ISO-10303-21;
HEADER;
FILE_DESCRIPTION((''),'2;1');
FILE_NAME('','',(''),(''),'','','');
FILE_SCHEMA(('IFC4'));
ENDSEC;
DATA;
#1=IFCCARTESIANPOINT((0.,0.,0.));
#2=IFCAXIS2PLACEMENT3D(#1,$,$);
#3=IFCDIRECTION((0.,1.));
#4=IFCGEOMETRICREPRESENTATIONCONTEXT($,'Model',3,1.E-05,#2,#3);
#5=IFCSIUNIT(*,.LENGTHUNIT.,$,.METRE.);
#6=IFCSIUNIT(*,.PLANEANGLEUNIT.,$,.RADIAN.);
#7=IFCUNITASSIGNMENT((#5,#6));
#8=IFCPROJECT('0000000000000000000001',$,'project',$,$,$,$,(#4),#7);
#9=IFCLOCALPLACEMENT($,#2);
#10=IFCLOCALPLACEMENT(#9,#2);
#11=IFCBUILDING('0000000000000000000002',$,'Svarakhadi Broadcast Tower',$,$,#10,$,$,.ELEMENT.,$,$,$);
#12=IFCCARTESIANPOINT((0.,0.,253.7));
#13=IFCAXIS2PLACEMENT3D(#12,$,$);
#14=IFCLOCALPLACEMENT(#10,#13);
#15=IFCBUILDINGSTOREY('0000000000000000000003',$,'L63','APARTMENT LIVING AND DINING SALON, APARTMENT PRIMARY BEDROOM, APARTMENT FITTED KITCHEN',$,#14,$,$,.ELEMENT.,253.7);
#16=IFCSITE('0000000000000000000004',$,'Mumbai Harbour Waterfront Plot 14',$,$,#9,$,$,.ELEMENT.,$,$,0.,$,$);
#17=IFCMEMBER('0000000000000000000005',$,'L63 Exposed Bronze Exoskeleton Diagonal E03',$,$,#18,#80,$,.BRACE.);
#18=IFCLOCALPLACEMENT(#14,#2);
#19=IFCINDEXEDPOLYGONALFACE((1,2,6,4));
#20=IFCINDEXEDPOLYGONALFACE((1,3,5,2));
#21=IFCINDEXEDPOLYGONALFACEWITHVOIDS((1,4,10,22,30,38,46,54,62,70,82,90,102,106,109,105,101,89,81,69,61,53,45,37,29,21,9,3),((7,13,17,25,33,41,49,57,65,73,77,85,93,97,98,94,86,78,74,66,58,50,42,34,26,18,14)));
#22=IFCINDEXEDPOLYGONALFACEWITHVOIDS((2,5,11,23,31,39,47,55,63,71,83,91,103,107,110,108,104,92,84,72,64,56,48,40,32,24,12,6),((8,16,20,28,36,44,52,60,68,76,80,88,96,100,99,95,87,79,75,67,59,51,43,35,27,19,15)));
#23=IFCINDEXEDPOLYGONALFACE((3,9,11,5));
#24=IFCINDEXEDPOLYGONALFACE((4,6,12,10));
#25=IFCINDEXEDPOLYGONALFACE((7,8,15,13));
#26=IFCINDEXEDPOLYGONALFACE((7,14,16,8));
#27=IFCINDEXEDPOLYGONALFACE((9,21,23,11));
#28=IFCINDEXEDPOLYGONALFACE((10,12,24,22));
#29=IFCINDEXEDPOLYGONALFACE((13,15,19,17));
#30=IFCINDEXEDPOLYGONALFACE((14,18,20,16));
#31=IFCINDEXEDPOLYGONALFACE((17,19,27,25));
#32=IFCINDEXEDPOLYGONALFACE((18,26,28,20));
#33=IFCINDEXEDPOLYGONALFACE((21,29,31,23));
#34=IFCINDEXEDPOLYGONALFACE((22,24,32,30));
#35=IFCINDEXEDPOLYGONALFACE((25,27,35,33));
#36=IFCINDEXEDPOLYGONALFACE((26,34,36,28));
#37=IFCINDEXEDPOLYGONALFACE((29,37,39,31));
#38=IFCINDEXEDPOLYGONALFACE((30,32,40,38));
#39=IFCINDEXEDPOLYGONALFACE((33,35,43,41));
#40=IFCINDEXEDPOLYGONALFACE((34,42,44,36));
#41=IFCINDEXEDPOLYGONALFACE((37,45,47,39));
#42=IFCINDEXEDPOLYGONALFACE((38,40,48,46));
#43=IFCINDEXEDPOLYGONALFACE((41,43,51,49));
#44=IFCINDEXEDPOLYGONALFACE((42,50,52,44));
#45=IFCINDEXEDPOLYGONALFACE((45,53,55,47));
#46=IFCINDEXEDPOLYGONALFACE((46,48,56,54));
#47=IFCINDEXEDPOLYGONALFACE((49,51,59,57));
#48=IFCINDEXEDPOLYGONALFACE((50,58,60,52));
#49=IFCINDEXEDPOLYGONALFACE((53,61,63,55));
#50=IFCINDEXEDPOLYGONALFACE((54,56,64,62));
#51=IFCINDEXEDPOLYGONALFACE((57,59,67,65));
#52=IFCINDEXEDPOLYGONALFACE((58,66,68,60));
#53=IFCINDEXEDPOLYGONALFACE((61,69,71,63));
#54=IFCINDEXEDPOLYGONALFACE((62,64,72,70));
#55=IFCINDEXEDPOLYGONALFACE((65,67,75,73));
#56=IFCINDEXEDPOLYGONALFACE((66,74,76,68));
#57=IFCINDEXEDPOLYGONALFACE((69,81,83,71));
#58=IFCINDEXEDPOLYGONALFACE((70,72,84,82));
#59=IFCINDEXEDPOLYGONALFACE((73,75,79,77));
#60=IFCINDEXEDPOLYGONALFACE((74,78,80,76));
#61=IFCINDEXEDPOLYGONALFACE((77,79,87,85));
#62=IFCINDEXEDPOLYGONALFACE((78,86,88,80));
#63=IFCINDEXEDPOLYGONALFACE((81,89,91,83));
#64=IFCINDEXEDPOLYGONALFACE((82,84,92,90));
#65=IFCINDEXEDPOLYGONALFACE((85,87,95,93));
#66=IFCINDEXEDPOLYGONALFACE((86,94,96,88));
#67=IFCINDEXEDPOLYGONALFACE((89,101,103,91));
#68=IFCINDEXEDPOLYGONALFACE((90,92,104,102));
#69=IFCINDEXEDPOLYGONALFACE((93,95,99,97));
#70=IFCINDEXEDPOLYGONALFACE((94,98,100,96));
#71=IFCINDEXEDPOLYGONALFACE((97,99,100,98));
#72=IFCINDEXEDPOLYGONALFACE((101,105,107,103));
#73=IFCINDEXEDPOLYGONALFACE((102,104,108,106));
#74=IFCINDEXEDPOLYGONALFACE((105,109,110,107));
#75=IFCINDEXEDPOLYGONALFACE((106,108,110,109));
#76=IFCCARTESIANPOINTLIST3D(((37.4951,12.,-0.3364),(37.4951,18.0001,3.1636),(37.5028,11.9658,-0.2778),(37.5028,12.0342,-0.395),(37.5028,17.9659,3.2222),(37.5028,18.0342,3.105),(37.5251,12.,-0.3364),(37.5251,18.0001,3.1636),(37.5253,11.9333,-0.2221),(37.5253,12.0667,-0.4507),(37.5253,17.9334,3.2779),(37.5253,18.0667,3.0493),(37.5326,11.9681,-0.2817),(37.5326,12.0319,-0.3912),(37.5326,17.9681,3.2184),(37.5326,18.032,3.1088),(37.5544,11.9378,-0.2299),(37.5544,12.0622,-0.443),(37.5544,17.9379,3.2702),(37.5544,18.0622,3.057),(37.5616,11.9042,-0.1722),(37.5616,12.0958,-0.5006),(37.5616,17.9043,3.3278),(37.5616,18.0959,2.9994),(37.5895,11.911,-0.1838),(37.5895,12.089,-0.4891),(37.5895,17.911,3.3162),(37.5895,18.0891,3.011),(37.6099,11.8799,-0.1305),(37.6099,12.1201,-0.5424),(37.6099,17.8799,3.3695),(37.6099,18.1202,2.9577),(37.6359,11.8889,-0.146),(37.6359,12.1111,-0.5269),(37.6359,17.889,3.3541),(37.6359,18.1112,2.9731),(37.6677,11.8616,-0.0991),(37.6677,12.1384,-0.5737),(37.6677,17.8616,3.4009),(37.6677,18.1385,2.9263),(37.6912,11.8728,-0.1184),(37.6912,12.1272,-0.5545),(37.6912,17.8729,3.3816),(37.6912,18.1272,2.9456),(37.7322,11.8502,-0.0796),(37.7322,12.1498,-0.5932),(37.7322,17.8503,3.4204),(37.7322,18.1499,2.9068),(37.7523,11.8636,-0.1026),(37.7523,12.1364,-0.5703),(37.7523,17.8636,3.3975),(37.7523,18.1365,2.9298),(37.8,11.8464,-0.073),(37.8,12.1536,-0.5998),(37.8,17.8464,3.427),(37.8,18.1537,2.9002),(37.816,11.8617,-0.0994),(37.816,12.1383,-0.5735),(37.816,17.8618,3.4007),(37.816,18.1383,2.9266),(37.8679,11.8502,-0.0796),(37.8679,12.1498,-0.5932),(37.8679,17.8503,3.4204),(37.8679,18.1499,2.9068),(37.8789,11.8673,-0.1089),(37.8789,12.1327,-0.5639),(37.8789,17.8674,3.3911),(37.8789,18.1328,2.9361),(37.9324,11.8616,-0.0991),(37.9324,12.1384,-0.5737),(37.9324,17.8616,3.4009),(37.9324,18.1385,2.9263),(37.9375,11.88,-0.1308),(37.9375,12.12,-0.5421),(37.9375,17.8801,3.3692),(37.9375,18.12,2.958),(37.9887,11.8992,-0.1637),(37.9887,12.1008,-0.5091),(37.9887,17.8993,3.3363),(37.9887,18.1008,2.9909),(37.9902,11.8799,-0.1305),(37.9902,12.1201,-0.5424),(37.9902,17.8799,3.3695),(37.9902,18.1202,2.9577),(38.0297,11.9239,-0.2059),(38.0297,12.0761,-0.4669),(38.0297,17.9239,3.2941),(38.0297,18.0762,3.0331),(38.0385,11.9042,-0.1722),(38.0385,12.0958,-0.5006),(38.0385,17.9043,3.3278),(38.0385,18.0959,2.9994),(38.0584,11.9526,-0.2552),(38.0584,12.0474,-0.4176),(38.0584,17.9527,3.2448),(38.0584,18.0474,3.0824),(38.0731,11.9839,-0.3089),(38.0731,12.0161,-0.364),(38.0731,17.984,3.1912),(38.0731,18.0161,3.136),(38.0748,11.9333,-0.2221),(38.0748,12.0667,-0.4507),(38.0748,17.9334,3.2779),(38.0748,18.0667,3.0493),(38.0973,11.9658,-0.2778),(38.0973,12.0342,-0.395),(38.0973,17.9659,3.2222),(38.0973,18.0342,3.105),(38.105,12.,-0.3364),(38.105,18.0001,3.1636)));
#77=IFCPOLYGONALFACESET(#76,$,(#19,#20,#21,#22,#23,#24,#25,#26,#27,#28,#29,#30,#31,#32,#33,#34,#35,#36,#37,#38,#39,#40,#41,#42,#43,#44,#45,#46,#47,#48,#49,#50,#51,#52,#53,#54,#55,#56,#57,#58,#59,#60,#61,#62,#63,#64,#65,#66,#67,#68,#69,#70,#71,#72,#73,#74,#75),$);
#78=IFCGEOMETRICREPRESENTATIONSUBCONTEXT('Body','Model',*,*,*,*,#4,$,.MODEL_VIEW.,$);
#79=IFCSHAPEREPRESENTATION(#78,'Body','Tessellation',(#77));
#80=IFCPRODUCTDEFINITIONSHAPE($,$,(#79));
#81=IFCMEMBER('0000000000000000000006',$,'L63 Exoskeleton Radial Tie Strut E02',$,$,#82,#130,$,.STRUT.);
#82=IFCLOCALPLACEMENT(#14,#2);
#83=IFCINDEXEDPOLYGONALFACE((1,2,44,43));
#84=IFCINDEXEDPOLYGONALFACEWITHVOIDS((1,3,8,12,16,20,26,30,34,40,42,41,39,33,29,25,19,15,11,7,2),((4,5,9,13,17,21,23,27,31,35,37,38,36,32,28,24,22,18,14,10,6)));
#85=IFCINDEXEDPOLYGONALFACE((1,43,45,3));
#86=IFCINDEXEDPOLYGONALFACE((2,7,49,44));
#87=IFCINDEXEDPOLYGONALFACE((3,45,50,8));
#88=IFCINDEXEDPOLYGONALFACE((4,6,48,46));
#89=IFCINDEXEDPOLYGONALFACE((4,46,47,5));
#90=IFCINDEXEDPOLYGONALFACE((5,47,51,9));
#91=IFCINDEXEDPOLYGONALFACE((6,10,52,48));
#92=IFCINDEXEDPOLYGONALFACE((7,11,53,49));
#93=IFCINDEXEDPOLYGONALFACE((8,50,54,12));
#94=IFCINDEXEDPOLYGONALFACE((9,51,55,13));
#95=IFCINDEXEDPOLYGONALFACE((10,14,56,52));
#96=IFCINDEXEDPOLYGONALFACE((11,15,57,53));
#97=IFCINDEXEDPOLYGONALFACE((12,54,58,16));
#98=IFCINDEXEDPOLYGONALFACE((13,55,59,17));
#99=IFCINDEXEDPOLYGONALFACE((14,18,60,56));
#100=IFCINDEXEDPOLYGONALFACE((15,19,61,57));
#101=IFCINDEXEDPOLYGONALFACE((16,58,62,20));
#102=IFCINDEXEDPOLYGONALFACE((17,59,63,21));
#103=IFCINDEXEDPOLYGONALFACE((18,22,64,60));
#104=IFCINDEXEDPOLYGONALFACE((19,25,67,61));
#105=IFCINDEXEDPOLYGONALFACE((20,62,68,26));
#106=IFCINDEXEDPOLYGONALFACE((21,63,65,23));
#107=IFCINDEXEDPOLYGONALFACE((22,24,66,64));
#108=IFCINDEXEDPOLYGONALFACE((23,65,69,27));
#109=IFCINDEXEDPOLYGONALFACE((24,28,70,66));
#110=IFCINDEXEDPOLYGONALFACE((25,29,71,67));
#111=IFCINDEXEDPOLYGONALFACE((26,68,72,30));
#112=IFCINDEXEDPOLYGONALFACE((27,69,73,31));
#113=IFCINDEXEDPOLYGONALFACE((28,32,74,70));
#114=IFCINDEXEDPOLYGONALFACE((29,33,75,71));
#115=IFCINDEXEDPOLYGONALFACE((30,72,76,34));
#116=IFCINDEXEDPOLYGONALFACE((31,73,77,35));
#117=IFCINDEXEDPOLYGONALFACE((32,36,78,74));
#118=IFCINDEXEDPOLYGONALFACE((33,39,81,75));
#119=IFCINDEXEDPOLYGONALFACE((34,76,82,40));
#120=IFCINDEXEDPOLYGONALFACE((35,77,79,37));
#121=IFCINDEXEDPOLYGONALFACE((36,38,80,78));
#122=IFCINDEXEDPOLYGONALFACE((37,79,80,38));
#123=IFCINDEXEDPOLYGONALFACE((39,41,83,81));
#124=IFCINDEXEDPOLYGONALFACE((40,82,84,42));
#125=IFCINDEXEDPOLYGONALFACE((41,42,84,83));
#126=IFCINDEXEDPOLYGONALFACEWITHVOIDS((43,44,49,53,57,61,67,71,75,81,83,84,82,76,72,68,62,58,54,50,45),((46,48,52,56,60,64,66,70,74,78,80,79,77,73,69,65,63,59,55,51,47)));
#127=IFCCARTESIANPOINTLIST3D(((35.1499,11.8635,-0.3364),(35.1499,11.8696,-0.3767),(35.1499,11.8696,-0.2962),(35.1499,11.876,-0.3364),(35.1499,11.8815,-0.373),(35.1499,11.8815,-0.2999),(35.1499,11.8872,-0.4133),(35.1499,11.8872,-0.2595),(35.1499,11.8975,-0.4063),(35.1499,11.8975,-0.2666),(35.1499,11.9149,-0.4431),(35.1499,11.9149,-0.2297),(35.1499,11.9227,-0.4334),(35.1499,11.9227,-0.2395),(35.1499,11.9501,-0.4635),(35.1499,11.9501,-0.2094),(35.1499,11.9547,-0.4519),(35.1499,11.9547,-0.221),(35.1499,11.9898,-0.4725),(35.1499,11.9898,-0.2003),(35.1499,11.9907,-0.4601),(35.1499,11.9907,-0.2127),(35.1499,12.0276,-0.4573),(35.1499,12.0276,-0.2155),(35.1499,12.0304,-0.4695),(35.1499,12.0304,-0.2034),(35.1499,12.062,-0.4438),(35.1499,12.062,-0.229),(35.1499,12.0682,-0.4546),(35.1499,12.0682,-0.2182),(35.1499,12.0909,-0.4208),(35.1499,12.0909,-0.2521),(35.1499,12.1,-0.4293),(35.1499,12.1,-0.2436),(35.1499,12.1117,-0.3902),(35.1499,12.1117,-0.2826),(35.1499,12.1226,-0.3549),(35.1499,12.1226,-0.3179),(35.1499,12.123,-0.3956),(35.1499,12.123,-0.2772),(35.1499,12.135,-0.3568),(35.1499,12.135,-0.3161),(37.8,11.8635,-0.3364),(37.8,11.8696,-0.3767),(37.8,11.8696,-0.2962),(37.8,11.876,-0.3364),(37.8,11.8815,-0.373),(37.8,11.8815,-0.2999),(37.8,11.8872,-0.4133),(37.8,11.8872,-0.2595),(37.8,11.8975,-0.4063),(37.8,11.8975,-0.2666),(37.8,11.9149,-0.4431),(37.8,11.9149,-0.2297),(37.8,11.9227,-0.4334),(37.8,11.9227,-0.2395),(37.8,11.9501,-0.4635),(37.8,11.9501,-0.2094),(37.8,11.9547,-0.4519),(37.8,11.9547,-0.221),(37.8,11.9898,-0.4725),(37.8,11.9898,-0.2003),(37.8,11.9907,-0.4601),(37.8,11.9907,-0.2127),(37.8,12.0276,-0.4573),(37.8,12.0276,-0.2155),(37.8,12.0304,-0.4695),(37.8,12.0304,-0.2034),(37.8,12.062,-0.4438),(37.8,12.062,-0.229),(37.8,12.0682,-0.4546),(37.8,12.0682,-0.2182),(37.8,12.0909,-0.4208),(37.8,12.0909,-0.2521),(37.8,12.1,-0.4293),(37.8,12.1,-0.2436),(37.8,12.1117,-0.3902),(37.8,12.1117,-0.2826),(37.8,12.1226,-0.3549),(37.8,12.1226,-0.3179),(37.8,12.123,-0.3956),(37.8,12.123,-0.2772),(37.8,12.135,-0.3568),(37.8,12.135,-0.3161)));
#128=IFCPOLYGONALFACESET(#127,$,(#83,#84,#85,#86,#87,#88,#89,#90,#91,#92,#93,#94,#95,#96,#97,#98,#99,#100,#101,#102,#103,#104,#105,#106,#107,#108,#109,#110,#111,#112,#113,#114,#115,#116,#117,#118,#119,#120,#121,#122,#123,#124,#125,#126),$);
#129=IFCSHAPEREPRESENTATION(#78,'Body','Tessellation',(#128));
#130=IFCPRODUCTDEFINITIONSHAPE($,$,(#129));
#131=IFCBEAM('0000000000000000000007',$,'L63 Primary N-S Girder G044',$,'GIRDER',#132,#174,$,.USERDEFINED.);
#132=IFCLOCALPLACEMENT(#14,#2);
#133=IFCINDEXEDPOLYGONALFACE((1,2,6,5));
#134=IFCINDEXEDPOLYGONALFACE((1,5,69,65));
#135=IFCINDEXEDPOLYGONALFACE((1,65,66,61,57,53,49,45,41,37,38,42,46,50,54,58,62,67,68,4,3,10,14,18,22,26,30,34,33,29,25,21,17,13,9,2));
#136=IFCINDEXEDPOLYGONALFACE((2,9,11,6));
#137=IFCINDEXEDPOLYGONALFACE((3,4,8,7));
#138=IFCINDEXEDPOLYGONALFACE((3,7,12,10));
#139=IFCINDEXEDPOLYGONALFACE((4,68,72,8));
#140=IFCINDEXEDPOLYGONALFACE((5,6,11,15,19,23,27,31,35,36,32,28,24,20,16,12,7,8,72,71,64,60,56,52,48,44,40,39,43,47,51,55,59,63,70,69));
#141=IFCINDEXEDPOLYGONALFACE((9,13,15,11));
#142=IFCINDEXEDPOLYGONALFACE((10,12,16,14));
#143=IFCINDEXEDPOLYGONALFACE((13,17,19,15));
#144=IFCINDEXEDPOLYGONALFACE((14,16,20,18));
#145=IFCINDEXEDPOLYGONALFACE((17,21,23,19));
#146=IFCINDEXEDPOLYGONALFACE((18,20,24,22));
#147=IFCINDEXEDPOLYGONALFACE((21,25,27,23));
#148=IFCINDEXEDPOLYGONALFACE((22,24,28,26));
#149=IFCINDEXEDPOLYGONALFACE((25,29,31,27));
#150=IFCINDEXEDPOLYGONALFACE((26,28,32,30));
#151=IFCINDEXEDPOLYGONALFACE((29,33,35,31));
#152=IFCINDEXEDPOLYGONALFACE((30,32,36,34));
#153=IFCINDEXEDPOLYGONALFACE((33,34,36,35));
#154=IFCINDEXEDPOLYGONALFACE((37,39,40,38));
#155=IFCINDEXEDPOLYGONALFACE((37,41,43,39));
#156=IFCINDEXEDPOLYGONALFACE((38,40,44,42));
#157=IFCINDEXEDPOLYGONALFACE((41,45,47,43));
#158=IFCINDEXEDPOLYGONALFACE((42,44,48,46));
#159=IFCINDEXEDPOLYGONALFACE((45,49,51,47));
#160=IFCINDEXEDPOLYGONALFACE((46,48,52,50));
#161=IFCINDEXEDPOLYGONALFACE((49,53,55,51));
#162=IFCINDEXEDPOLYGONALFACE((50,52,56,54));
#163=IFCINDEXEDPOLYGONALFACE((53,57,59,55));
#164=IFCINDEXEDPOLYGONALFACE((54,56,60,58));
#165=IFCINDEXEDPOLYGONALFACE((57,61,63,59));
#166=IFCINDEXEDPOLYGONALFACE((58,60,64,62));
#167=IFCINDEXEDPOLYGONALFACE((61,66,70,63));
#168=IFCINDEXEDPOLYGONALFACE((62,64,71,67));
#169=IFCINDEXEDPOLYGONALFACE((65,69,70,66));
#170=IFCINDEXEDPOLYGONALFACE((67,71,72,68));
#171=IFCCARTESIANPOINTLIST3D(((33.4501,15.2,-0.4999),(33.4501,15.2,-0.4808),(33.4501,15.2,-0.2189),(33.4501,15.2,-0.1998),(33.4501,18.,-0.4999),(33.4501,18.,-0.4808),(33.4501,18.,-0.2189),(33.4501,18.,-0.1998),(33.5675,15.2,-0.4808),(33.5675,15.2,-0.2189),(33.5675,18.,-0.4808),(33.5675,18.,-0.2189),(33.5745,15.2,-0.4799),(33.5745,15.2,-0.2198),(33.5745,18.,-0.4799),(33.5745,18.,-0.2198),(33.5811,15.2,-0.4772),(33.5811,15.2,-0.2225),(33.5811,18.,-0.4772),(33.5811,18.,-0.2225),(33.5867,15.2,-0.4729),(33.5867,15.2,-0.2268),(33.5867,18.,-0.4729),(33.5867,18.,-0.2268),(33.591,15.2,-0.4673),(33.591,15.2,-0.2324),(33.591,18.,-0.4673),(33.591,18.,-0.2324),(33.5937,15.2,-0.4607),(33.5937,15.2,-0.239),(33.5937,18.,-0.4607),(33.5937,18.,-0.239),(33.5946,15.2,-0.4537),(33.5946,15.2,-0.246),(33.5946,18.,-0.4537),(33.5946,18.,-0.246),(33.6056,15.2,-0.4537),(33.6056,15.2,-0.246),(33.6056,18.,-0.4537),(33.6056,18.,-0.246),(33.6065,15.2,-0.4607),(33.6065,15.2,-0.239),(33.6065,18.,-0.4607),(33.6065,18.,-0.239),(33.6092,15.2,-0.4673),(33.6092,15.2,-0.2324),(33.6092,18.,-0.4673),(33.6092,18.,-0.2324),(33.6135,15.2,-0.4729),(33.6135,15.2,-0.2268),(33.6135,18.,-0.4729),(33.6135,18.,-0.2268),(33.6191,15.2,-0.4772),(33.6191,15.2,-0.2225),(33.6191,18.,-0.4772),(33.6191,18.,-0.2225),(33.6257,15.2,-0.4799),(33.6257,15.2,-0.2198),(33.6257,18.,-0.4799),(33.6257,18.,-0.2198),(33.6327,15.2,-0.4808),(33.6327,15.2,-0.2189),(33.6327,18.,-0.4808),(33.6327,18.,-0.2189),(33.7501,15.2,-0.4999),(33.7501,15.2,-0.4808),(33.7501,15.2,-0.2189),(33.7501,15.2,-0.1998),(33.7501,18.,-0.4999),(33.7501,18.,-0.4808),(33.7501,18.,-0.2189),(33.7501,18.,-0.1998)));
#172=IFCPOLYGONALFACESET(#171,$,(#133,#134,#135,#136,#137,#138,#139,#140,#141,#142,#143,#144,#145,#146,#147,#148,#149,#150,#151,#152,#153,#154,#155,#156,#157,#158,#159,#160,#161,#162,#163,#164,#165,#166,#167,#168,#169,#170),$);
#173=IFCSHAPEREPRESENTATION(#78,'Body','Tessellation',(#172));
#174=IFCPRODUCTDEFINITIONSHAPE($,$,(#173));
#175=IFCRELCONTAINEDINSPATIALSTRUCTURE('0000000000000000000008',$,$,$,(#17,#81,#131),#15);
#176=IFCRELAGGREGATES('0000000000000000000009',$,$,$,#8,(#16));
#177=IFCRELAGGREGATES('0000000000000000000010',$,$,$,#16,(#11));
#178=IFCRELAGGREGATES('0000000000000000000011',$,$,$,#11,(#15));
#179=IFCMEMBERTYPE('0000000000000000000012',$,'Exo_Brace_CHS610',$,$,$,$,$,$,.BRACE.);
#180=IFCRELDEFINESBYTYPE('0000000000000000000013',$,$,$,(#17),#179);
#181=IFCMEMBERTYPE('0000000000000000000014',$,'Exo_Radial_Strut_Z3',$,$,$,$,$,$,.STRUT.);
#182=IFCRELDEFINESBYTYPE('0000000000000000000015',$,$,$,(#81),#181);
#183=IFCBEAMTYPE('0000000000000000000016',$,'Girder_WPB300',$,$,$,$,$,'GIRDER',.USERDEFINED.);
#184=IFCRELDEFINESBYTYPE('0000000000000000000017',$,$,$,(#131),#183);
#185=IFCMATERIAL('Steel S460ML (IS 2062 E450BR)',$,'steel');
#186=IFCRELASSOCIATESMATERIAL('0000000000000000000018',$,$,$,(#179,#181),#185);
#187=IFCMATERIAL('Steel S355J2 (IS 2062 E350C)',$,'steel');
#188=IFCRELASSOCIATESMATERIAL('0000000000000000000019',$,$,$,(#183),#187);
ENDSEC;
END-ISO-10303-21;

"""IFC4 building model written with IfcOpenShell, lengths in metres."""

from ifc_helpers import new_model, si_unit, direction, frame, origin, origin_2d, place, context, subcontext, project, spatial, hollow_circle, i_section, extrude, material, material_profile, profile_set, type_object, element, save


model = new_model("IFC4")

# Units and contexts
model_context = context("Model", 3, precision=1e-05, world=origin(), true_north=direction((0.0, 1.0)))
body_context = subcontext(model_context, "Body", "Model", "MODEL_VIEW")
ifc_project = project(units=[si_unit("LENGTHUNIT", "METRE"), si_unit("PLANEANGLEUNIT", "RADIAN")], contexts=[model_context])

# Site, building, storey
site_placement = place(None, origin())
site = spatial("IfcSite", under=ifc_project, at=site_placement, Name="Mumbai Harbour Waterfront Plot 14", CompositionType="ELEMENT", RefElevation=0.0)
building_placement = place(site_placement, origin())
building = spatial("IfcBuilding", under=site, at=building_placement, Name="Svarakhadi Broadcast Tower", CompositionType="ELEMENT")
storey_placement = place(building_placement, frame((0.0, 0.0, 253.7)))
storey = spatial("IfcBuildingStorey", under=building, at=storey_placement, Name="L63", Description="APARTMENT LIVING AND DINING SALON, APARTMENT PRIMARY BEDROOM, APARTMENT FITTED KITCHEN", CompositionType="ELEMENT", Elevation=253.7)

# Shared definitions
ifc_material_1 = material(Name="Steel S460ML (IS 2062 E450BR)", Category="steel")

# Members
ifc_material_profile_1 = material_profile(ifc_material_1, hollow_circle(Radius=0.3049, WallThickness=0.03, at=origin_2d()), Name="CHS 610x30")
ifc_profile_set_1 = profile_set([ifc_material_profile_1], Name="Steel S460ML (IS 2062 E450BR)")
member_type_1 = type_object("IfcMemberType", Name="Exo_Brace_CHS610", PredefinedType="BRACE", material=ifc_profile_set_1)
for number, where, z_axis, x_axis, name in (
    (1, (37.8, 12.0, -0.3364), (0.0, 0.863779, 0.503871), (-1.0, 0.0, 0.0), "L63 Exposed Bronze Exoskeleton Diagonal E03"),
):
    element("IfcMember", number, at=place(storey_placement, frame(where, z_axis=z_axis, x_axis=x_axis)), inside=storey, type_object=member_type_1, Name=name, PredefinedType="BRACE", context=body_context, shape_type="SweptSolid", body=[
        extrude(hollow_circle(Radius=0.3049, WallThickness=0.03, at=origin_2d()), origin(), (0.0, 0.0, 1.0), 6.9463),
    ])
ifc_material_profile_2 = material_profile(ifc_material_1, hollow_circle(Radius=0.1365, WallThickness=0.0125, at=origin_2d()), Name="CHS 273x12.5")
ifc_profile_set_2 = profile_set([ifc_material_profile_2], Name="Steel S460ML (IS 2062 E450BR)")
member_type_2 = type_object("IfcMemberType", Name="Exo_Radial_Strut_Z3", PredefinedType="STRUT", material=ifc_profile_set_2)
member_1_placement = place(storey_placement, frame((37.8, 12.0, -0.3364), z_axis=(-1.0, 0.0, 0.0), x_axis=(0.0, -1.0, 0.0)))
element("IfcMember", 2, at=member_1_placement, inside=storey, type_object=member_type_2, Name="L63 Exoskeleton Radial Tie Strut E02", PredefinedType="STRUT", context=body_context, shape_type="SweptSolid", body=[
    extrude(hollow_circle(Radius=0.1365, WallThickness=0.0125, at=origin_2d()), origin(), (0.0, 0.0, 1.0), 2.6501),
])

# Beam
ifc_material_2 = material(Name="Steel S355J2 (IS 2062 E350C)", Category="steel")
ifc_material_profile_3 = material_profile(ifc_material_2, i_section(OverallWidth=0.3, OverallDepth=0.3, WebThickness=0.011, FlangeThickness=0.019, FilletRadius=0.0271, at=origin_2d()), Name="WPB 300x300x117")
ifc_profile_set_3 = profile_set([ifc_material_profile_3], Name="Steel S355J2 (IS 2062 E350C)")
beam_type = type_object("IfcBeamType", Name="Girder_WPB300", ElementType="GIRDER", PredefinedType="USERDEFINED", material=ifc_profile_set_3)
beam_1_placement = place(storey_placement, frame((33.6001, 15.2, -0.3499), z_axis=(0.0, 1.0, 0.0), x_axis=(-1.0, 0.0, 0.0)))
element("IfcBeam", 3, at=beam_1_placement, inside=storey, type_object=beam_type, Name="L63 Primary N-S Girder G044", ObjectType="GIRDER", PredefinedType="USERDEFINED", context=body_context, shape_type="SweptSolid", body=[
    extrude(i_section(OverallWidth=0.3, OverallDepth=0.3, WebThickness=0.011, FlangeThickness=0.019, FilletRadius=0.0271, at=origin_2d()), origin(), (0.0, 0.0, 1.0), 2.8),
])

save(model, "model.ifc")
